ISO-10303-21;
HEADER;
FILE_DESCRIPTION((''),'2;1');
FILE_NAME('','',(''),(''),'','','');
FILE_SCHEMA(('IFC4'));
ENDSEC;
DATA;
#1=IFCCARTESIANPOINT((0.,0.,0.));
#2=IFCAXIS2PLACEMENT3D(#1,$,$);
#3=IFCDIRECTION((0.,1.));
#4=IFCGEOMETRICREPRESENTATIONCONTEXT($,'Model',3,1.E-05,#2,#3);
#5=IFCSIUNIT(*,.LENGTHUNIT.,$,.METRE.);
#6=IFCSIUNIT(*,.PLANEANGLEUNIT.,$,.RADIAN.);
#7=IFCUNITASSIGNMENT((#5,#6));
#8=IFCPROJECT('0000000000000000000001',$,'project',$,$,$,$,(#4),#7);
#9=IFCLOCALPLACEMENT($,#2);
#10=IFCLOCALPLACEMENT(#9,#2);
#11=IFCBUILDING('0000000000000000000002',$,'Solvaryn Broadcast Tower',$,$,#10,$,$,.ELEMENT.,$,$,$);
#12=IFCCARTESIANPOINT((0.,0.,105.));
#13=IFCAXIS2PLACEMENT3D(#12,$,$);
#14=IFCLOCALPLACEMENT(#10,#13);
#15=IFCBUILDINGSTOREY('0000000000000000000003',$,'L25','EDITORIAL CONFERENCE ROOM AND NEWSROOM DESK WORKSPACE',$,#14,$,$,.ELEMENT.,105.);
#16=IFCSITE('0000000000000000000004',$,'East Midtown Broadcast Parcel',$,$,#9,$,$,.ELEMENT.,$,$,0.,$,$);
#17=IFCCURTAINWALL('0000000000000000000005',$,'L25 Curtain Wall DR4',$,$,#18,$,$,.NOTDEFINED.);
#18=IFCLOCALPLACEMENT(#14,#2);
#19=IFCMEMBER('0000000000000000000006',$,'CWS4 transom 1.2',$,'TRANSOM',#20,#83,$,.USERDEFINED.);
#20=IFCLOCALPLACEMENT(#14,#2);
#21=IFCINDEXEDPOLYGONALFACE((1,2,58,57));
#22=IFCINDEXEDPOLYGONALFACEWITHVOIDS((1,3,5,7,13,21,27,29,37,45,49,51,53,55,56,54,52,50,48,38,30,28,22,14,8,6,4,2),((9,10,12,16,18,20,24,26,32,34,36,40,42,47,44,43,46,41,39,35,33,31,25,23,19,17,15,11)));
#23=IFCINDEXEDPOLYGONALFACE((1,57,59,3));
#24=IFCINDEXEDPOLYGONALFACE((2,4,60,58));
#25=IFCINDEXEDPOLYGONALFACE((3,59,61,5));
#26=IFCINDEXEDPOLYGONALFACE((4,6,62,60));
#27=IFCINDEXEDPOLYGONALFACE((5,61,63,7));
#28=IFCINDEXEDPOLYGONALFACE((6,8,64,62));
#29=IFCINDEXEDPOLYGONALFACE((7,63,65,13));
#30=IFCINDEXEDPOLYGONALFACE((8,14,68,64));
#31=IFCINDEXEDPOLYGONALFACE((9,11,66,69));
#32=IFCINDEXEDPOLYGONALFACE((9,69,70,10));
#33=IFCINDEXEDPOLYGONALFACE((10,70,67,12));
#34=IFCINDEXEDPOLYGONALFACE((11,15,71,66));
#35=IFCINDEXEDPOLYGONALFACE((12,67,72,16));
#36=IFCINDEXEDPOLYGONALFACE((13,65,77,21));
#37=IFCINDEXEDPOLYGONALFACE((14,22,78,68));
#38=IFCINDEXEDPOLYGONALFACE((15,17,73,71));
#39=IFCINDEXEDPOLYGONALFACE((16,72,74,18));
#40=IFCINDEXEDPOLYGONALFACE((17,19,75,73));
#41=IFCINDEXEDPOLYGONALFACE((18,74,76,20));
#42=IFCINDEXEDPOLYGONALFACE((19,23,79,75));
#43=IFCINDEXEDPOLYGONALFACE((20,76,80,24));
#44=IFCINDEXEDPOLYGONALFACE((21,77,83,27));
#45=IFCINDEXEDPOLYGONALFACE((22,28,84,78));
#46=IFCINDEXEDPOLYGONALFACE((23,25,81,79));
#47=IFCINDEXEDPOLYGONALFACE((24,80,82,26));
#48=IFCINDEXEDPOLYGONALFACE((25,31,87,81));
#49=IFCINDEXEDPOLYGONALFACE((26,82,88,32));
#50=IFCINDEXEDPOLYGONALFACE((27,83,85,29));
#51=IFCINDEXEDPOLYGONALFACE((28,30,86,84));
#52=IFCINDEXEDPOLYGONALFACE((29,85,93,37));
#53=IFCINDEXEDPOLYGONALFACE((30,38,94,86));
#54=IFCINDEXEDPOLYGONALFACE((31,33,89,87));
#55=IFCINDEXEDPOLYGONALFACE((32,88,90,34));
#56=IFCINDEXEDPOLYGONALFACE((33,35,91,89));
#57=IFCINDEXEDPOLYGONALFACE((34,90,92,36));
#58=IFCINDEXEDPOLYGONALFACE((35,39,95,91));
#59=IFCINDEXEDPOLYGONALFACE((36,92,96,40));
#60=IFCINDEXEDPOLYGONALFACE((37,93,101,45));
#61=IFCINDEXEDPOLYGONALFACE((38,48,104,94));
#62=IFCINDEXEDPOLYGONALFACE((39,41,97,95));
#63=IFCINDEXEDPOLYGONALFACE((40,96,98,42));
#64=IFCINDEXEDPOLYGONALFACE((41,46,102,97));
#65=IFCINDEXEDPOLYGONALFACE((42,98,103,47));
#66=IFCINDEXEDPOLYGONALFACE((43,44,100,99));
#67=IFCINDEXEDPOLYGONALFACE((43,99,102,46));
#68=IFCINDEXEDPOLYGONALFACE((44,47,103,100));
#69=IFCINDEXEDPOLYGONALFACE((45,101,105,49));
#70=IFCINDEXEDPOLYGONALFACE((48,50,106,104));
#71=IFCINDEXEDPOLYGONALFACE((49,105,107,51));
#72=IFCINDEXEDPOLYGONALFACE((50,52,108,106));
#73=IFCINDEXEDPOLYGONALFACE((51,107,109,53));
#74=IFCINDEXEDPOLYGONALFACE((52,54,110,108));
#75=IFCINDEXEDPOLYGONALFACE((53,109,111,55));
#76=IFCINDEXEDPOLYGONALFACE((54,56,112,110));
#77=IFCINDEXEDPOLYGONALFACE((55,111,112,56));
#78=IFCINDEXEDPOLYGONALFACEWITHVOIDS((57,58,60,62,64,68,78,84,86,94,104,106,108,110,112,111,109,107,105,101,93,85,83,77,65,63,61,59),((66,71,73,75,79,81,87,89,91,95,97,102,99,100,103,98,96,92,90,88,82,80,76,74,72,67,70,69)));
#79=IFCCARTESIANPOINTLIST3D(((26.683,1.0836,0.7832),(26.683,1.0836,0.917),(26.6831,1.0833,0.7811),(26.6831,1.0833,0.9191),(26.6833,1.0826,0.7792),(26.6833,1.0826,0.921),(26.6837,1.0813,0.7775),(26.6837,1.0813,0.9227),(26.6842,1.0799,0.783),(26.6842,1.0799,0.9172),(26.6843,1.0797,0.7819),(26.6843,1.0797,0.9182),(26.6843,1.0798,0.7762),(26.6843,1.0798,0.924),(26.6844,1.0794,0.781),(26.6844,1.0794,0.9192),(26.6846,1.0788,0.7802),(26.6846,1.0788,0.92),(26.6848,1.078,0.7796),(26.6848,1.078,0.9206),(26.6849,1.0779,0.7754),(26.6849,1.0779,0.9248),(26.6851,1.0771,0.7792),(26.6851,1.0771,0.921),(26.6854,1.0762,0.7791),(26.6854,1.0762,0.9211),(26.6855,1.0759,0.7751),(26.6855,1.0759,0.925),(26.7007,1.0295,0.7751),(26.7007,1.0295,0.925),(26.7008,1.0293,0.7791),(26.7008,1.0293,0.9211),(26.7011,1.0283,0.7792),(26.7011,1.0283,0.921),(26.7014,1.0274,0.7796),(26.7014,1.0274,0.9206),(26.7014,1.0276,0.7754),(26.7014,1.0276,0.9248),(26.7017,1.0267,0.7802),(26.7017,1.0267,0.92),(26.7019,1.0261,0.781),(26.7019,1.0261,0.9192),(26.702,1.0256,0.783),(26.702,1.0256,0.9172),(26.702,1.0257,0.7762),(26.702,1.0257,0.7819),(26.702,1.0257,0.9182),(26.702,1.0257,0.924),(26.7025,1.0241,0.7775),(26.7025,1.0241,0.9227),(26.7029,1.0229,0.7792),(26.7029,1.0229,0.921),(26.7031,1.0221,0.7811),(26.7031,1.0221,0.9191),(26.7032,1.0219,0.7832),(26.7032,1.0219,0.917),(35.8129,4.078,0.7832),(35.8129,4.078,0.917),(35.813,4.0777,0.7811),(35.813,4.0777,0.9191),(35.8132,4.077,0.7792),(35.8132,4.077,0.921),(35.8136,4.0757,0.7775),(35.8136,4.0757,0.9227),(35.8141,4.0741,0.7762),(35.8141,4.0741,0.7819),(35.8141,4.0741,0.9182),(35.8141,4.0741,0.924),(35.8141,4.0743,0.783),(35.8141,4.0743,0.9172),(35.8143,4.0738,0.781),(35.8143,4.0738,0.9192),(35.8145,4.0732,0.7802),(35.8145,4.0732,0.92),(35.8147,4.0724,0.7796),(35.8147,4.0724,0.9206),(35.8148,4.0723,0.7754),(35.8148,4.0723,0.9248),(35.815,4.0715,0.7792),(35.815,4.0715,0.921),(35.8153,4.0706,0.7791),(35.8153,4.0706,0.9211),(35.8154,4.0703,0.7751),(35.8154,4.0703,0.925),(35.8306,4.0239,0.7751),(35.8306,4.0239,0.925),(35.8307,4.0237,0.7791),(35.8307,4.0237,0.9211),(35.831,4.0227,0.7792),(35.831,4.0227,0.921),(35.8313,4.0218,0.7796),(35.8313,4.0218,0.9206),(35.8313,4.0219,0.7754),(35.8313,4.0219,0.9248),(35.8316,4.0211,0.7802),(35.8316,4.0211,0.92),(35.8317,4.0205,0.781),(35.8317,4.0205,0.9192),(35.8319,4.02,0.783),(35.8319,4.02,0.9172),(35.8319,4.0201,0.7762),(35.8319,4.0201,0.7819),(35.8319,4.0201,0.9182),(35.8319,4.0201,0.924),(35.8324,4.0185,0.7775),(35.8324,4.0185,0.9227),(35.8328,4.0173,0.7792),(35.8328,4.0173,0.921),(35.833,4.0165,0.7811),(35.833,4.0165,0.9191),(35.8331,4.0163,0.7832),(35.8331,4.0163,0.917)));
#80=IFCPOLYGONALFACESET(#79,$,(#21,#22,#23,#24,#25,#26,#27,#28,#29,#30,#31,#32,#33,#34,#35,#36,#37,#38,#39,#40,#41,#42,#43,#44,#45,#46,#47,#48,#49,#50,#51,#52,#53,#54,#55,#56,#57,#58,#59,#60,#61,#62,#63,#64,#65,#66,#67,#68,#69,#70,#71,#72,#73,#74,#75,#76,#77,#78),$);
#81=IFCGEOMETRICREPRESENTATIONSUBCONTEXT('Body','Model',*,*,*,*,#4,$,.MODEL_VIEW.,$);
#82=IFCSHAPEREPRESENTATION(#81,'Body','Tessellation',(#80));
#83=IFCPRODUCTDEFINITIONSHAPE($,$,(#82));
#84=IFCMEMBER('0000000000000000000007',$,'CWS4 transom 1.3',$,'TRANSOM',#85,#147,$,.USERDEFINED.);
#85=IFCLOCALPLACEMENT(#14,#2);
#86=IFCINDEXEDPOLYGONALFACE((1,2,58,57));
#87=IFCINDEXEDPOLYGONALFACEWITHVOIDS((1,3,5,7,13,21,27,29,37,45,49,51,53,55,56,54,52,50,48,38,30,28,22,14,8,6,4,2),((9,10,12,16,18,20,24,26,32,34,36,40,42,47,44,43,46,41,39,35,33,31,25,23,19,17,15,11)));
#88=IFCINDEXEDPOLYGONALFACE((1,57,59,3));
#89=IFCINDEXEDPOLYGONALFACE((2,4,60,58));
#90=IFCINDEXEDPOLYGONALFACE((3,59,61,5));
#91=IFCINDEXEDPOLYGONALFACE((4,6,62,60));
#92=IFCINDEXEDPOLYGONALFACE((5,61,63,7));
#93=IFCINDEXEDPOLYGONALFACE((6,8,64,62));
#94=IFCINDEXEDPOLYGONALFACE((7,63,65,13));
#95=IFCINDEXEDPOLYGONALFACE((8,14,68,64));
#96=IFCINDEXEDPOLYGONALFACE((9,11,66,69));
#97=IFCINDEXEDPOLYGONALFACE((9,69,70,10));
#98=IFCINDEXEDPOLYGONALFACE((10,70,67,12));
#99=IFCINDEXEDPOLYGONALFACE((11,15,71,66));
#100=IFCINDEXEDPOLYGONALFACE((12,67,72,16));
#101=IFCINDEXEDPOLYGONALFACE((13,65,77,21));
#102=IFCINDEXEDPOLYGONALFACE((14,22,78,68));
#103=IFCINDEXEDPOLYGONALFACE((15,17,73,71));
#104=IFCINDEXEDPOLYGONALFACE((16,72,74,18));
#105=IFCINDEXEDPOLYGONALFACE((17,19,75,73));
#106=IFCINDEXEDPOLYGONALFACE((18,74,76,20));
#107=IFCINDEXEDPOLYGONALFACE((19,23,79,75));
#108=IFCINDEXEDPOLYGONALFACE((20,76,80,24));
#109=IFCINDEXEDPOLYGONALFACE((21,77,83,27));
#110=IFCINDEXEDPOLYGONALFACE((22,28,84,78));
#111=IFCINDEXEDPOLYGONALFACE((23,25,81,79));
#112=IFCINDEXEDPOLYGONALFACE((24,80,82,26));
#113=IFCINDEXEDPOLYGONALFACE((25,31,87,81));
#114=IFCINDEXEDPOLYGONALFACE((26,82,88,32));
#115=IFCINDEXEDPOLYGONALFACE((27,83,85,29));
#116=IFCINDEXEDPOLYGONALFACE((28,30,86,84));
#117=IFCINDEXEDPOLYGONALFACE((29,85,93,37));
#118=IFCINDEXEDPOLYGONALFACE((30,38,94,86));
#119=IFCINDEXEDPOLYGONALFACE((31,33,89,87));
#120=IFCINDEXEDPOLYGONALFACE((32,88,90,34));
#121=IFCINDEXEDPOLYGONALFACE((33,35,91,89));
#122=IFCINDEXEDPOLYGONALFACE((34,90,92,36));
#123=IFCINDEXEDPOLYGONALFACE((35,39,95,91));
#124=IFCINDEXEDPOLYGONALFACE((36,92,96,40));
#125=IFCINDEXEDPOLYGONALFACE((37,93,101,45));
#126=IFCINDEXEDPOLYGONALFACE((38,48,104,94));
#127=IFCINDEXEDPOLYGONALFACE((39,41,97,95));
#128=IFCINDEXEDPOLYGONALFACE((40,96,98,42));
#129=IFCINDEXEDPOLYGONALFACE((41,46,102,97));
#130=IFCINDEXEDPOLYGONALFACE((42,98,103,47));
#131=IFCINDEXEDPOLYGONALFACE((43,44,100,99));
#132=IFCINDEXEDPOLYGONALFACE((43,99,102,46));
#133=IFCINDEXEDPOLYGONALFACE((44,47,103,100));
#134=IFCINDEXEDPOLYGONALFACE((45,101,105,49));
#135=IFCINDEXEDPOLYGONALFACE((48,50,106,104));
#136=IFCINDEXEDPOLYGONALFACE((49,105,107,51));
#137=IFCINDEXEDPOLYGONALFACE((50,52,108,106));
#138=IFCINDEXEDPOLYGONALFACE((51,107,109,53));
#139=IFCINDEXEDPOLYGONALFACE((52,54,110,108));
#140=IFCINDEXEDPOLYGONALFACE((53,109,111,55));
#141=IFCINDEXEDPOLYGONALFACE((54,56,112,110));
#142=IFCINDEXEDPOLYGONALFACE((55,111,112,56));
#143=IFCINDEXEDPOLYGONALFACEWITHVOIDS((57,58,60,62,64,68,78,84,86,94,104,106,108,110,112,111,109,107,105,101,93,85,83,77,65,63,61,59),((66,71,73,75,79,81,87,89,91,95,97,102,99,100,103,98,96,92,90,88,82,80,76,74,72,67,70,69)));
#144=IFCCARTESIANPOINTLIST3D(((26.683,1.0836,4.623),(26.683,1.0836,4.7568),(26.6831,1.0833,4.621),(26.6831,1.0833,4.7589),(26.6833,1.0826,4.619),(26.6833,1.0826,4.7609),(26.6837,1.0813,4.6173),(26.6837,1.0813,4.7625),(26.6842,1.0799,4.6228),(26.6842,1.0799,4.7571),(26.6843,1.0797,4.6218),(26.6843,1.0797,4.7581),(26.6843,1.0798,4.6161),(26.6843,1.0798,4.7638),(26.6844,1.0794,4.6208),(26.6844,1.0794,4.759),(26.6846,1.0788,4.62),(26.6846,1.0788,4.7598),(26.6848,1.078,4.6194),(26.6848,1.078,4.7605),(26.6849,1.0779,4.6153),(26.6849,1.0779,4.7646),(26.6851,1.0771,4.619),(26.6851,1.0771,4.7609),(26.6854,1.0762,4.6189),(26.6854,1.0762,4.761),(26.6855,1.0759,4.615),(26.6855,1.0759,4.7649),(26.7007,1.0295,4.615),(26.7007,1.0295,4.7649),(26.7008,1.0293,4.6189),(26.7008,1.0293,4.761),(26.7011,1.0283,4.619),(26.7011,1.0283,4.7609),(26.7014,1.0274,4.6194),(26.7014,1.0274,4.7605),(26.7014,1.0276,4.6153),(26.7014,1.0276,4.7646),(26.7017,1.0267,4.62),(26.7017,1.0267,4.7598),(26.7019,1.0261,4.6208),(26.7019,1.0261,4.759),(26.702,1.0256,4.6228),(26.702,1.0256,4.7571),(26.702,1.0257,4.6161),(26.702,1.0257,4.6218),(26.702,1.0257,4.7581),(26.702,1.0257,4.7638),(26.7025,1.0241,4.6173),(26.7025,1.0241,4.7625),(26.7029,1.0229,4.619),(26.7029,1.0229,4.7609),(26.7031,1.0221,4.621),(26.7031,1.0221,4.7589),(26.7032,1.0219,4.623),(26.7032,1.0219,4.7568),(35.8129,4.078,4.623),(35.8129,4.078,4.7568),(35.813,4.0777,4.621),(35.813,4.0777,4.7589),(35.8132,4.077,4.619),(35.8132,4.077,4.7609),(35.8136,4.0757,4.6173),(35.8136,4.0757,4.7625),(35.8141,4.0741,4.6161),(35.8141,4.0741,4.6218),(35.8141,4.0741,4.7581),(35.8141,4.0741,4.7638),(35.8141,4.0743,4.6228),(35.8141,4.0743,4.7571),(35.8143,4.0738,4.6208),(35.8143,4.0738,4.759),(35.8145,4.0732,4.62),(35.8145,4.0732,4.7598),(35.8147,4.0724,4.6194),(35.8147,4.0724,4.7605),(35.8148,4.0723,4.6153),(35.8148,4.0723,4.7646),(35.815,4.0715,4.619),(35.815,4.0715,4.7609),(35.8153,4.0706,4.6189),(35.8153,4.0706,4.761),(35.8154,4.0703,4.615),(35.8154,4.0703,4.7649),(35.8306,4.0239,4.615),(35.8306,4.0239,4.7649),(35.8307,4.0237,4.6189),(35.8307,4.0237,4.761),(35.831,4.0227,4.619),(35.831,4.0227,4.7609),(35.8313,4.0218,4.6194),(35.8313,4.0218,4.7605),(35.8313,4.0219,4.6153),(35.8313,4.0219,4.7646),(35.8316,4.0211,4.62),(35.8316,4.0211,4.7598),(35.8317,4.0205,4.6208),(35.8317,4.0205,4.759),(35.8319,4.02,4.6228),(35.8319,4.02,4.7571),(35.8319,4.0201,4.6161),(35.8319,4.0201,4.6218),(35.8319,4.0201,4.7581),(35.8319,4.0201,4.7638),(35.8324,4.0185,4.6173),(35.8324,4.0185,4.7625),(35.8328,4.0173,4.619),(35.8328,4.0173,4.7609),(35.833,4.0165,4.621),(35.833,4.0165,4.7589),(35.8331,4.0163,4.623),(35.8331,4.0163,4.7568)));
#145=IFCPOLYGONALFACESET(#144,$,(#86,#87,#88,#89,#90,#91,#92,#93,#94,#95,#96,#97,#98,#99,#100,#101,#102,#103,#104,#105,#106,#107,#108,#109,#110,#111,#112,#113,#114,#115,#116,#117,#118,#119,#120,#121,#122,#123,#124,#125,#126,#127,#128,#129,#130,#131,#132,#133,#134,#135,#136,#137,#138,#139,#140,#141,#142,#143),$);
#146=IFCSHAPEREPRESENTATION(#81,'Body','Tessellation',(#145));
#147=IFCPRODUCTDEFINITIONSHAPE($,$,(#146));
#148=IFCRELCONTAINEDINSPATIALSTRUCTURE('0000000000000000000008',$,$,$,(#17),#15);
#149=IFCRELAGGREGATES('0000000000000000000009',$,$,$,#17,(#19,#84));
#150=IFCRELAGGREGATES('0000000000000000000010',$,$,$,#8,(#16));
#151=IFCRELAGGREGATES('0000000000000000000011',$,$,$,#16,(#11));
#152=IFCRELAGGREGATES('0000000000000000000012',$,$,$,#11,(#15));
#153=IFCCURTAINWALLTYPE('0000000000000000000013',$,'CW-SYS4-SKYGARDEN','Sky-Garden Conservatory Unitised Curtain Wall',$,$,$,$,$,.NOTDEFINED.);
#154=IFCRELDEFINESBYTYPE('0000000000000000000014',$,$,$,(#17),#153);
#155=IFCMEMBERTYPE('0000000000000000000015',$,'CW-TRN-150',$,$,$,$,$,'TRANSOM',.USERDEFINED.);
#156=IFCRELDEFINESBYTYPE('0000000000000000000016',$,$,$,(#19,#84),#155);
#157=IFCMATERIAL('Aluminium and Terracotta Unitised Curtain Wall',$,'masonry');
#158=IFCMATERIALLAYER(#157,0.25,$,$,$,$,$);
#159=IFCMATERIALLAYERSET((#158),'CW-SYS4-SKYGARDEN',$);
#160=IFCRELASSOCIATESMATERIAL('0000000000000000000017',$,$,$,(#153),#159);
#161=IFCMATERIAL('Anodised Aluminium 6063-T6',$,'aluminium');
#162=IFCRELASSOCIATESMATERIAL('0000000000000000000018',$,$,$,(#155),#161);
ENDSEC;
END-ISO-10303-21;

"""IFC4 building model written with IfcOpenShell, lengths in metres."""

from ifc_helpers import new_model, si_unit, direction, frame, origin, origin_2d, place, context, subcontext, project, spatial, hollow_rectangle, extrude, material, layer, layer_set, material_profile, profile_set, type_object, element, aggregate, save


model = new_model("IFC4")

# Units and contexts
model_context = context("Model", 3, precision=1e-05, world=origin(), true_north=direction((0.0, 1.0)))
body_context = subcontext(model_context, "Body", "Model", "MODEL_VIEW")
ifc_project = project(units=[si_unit("LENGTHUNIT", "METRE"), si_unit("PLANEANGLEUNIT", "RADIAN")], contexts=[model_context])

# Site, building, storey
site_placement = place(None, origin())
site = spatial("IfcSite", under=ifc_project, at=site_placement, Name="East Midtown Broadcast Parcel", CompositionType="ELEMENT", RefElevation=0.0)
building_placement = place(site_placement, origin())
building = spatial("IfcBuilding", under=site, at=building_placement, Name="Solvaryn Broadcast Tower", CompositionType="ELEMENT")
storey_placement = place(building_placement, frame((0.0, 0.0, 105.0)))
storey = spatial("IfcBuildingStorey", under=building, at=storey_placement, Name="L25", Description="EDITORIAL CONFERENCE ROOM AND NEWSROOM DESK WORKSPACE", CompositionType="ELEMENT", Elevation=105.0)

# Shared definitions
ifc_material_1 = material(Name="Aluminium and Terracotta Unitised Curtain Wall", Category="masonry")
ifc_layer_1 = layer(ifc_material_1, 0.25)
ifc_layer_set_1 = layer_set([ifc_layer_1], Name="CW-SYS4-SKYGARDEN")
curtain_wall_type = type_object("IfcCurtainWallType", Name="CW-SYS4-SKYGARDEN", Description="Sky-Garden Conservatory Unitised Curtain Wall", PredefinedType="NOTDEFINED", material=ifc_layer_set_1)

# Curtain wall, members
curtain_wall_1_placement = place(storey_placement, origin())
curtain_wall_1 = element("IfcCurtainWall", 1, at=curtain_wall_1_placement, inside=storey, type_object=curtain_wall_type, Name="L25 Curtain Wall DR4", PredefinedType="NOTDEFINED")
ifc_material_2 = material(Name="Anodised Aluminium 6063-T6", Category="aluminium")
ifc_material_profile_1 = material_profile(ifc_material_2, hollow_rectangle(XDim=0.0649, YDim=0.1499, WallThickness=0.0039, InnerFilletRadius=0.0039, OuterFilletRadius=0.0081, at=origin_2d()))
ifc_profile_set_1 = profile_set([ifc_material_profile_1], Name="Anodised Aluminium 6063-T6")
member_type_1 = type_object("IfcMemberType", Name="CW-TRN-150", ElementType="TRANSOM", PredefinedType="USERDEFINED", material=ifc_profile_set_1)
member_1_placement = place(storey_placement, frame((26.6931, 1.0527, 0.8501), z_axis=(0.950199, 0.311643, 0.0), x_axis=(-0.311643, 0.950199, 0.0)))
member_1 = element("IfcMember", 2, at=member_1_placement, type_object=member_type_1, Name="CWS4 transom 1.2", ObjectType="TRANSOM", PredefinedType="USERDEFINED", context=body_context, shape_type="SweptSolid", body=[
    extrude(hollow_rectangle(XDim=0.0649, YDim=0.1499, WallThickness=0.0039, InnerFilletRadius=0.0039, OuterFilletRadius=0.0081, at=origin_2d()), origin(), (0.0, 0.0, 1.0), 9.6084),
])
member_2_placement = place(storey_placement, frame((26.6931, 1.0527, 4.6899), z_axis=(0.950199, 0.311643, 0.0), x_axis=(-0.311643, 0.950199, 0.0)))
member_2 = element("IfcMember", 3, at=member_2_placement, type_object=member_type_1, Name="CWS4 transom 1.3", ObjectType="TRANSOM", PredefinedType="USERDEFINED", context=body_context, shape_type="SweptSolid", body=[
    extrude(hollow_rectangle(XDim=0.0649, YDim=0.1499, WallThickness=0.0039, InnerFilletRadius=0.0039, OuterFilletRadius=0.0081, at=origin_2d()), origin(), (0.0, 0.0, 1.0), 9.6084),
])

aggregate(curtain_wall_1, [member_1, member_2])

save(model, "model.ifc")
